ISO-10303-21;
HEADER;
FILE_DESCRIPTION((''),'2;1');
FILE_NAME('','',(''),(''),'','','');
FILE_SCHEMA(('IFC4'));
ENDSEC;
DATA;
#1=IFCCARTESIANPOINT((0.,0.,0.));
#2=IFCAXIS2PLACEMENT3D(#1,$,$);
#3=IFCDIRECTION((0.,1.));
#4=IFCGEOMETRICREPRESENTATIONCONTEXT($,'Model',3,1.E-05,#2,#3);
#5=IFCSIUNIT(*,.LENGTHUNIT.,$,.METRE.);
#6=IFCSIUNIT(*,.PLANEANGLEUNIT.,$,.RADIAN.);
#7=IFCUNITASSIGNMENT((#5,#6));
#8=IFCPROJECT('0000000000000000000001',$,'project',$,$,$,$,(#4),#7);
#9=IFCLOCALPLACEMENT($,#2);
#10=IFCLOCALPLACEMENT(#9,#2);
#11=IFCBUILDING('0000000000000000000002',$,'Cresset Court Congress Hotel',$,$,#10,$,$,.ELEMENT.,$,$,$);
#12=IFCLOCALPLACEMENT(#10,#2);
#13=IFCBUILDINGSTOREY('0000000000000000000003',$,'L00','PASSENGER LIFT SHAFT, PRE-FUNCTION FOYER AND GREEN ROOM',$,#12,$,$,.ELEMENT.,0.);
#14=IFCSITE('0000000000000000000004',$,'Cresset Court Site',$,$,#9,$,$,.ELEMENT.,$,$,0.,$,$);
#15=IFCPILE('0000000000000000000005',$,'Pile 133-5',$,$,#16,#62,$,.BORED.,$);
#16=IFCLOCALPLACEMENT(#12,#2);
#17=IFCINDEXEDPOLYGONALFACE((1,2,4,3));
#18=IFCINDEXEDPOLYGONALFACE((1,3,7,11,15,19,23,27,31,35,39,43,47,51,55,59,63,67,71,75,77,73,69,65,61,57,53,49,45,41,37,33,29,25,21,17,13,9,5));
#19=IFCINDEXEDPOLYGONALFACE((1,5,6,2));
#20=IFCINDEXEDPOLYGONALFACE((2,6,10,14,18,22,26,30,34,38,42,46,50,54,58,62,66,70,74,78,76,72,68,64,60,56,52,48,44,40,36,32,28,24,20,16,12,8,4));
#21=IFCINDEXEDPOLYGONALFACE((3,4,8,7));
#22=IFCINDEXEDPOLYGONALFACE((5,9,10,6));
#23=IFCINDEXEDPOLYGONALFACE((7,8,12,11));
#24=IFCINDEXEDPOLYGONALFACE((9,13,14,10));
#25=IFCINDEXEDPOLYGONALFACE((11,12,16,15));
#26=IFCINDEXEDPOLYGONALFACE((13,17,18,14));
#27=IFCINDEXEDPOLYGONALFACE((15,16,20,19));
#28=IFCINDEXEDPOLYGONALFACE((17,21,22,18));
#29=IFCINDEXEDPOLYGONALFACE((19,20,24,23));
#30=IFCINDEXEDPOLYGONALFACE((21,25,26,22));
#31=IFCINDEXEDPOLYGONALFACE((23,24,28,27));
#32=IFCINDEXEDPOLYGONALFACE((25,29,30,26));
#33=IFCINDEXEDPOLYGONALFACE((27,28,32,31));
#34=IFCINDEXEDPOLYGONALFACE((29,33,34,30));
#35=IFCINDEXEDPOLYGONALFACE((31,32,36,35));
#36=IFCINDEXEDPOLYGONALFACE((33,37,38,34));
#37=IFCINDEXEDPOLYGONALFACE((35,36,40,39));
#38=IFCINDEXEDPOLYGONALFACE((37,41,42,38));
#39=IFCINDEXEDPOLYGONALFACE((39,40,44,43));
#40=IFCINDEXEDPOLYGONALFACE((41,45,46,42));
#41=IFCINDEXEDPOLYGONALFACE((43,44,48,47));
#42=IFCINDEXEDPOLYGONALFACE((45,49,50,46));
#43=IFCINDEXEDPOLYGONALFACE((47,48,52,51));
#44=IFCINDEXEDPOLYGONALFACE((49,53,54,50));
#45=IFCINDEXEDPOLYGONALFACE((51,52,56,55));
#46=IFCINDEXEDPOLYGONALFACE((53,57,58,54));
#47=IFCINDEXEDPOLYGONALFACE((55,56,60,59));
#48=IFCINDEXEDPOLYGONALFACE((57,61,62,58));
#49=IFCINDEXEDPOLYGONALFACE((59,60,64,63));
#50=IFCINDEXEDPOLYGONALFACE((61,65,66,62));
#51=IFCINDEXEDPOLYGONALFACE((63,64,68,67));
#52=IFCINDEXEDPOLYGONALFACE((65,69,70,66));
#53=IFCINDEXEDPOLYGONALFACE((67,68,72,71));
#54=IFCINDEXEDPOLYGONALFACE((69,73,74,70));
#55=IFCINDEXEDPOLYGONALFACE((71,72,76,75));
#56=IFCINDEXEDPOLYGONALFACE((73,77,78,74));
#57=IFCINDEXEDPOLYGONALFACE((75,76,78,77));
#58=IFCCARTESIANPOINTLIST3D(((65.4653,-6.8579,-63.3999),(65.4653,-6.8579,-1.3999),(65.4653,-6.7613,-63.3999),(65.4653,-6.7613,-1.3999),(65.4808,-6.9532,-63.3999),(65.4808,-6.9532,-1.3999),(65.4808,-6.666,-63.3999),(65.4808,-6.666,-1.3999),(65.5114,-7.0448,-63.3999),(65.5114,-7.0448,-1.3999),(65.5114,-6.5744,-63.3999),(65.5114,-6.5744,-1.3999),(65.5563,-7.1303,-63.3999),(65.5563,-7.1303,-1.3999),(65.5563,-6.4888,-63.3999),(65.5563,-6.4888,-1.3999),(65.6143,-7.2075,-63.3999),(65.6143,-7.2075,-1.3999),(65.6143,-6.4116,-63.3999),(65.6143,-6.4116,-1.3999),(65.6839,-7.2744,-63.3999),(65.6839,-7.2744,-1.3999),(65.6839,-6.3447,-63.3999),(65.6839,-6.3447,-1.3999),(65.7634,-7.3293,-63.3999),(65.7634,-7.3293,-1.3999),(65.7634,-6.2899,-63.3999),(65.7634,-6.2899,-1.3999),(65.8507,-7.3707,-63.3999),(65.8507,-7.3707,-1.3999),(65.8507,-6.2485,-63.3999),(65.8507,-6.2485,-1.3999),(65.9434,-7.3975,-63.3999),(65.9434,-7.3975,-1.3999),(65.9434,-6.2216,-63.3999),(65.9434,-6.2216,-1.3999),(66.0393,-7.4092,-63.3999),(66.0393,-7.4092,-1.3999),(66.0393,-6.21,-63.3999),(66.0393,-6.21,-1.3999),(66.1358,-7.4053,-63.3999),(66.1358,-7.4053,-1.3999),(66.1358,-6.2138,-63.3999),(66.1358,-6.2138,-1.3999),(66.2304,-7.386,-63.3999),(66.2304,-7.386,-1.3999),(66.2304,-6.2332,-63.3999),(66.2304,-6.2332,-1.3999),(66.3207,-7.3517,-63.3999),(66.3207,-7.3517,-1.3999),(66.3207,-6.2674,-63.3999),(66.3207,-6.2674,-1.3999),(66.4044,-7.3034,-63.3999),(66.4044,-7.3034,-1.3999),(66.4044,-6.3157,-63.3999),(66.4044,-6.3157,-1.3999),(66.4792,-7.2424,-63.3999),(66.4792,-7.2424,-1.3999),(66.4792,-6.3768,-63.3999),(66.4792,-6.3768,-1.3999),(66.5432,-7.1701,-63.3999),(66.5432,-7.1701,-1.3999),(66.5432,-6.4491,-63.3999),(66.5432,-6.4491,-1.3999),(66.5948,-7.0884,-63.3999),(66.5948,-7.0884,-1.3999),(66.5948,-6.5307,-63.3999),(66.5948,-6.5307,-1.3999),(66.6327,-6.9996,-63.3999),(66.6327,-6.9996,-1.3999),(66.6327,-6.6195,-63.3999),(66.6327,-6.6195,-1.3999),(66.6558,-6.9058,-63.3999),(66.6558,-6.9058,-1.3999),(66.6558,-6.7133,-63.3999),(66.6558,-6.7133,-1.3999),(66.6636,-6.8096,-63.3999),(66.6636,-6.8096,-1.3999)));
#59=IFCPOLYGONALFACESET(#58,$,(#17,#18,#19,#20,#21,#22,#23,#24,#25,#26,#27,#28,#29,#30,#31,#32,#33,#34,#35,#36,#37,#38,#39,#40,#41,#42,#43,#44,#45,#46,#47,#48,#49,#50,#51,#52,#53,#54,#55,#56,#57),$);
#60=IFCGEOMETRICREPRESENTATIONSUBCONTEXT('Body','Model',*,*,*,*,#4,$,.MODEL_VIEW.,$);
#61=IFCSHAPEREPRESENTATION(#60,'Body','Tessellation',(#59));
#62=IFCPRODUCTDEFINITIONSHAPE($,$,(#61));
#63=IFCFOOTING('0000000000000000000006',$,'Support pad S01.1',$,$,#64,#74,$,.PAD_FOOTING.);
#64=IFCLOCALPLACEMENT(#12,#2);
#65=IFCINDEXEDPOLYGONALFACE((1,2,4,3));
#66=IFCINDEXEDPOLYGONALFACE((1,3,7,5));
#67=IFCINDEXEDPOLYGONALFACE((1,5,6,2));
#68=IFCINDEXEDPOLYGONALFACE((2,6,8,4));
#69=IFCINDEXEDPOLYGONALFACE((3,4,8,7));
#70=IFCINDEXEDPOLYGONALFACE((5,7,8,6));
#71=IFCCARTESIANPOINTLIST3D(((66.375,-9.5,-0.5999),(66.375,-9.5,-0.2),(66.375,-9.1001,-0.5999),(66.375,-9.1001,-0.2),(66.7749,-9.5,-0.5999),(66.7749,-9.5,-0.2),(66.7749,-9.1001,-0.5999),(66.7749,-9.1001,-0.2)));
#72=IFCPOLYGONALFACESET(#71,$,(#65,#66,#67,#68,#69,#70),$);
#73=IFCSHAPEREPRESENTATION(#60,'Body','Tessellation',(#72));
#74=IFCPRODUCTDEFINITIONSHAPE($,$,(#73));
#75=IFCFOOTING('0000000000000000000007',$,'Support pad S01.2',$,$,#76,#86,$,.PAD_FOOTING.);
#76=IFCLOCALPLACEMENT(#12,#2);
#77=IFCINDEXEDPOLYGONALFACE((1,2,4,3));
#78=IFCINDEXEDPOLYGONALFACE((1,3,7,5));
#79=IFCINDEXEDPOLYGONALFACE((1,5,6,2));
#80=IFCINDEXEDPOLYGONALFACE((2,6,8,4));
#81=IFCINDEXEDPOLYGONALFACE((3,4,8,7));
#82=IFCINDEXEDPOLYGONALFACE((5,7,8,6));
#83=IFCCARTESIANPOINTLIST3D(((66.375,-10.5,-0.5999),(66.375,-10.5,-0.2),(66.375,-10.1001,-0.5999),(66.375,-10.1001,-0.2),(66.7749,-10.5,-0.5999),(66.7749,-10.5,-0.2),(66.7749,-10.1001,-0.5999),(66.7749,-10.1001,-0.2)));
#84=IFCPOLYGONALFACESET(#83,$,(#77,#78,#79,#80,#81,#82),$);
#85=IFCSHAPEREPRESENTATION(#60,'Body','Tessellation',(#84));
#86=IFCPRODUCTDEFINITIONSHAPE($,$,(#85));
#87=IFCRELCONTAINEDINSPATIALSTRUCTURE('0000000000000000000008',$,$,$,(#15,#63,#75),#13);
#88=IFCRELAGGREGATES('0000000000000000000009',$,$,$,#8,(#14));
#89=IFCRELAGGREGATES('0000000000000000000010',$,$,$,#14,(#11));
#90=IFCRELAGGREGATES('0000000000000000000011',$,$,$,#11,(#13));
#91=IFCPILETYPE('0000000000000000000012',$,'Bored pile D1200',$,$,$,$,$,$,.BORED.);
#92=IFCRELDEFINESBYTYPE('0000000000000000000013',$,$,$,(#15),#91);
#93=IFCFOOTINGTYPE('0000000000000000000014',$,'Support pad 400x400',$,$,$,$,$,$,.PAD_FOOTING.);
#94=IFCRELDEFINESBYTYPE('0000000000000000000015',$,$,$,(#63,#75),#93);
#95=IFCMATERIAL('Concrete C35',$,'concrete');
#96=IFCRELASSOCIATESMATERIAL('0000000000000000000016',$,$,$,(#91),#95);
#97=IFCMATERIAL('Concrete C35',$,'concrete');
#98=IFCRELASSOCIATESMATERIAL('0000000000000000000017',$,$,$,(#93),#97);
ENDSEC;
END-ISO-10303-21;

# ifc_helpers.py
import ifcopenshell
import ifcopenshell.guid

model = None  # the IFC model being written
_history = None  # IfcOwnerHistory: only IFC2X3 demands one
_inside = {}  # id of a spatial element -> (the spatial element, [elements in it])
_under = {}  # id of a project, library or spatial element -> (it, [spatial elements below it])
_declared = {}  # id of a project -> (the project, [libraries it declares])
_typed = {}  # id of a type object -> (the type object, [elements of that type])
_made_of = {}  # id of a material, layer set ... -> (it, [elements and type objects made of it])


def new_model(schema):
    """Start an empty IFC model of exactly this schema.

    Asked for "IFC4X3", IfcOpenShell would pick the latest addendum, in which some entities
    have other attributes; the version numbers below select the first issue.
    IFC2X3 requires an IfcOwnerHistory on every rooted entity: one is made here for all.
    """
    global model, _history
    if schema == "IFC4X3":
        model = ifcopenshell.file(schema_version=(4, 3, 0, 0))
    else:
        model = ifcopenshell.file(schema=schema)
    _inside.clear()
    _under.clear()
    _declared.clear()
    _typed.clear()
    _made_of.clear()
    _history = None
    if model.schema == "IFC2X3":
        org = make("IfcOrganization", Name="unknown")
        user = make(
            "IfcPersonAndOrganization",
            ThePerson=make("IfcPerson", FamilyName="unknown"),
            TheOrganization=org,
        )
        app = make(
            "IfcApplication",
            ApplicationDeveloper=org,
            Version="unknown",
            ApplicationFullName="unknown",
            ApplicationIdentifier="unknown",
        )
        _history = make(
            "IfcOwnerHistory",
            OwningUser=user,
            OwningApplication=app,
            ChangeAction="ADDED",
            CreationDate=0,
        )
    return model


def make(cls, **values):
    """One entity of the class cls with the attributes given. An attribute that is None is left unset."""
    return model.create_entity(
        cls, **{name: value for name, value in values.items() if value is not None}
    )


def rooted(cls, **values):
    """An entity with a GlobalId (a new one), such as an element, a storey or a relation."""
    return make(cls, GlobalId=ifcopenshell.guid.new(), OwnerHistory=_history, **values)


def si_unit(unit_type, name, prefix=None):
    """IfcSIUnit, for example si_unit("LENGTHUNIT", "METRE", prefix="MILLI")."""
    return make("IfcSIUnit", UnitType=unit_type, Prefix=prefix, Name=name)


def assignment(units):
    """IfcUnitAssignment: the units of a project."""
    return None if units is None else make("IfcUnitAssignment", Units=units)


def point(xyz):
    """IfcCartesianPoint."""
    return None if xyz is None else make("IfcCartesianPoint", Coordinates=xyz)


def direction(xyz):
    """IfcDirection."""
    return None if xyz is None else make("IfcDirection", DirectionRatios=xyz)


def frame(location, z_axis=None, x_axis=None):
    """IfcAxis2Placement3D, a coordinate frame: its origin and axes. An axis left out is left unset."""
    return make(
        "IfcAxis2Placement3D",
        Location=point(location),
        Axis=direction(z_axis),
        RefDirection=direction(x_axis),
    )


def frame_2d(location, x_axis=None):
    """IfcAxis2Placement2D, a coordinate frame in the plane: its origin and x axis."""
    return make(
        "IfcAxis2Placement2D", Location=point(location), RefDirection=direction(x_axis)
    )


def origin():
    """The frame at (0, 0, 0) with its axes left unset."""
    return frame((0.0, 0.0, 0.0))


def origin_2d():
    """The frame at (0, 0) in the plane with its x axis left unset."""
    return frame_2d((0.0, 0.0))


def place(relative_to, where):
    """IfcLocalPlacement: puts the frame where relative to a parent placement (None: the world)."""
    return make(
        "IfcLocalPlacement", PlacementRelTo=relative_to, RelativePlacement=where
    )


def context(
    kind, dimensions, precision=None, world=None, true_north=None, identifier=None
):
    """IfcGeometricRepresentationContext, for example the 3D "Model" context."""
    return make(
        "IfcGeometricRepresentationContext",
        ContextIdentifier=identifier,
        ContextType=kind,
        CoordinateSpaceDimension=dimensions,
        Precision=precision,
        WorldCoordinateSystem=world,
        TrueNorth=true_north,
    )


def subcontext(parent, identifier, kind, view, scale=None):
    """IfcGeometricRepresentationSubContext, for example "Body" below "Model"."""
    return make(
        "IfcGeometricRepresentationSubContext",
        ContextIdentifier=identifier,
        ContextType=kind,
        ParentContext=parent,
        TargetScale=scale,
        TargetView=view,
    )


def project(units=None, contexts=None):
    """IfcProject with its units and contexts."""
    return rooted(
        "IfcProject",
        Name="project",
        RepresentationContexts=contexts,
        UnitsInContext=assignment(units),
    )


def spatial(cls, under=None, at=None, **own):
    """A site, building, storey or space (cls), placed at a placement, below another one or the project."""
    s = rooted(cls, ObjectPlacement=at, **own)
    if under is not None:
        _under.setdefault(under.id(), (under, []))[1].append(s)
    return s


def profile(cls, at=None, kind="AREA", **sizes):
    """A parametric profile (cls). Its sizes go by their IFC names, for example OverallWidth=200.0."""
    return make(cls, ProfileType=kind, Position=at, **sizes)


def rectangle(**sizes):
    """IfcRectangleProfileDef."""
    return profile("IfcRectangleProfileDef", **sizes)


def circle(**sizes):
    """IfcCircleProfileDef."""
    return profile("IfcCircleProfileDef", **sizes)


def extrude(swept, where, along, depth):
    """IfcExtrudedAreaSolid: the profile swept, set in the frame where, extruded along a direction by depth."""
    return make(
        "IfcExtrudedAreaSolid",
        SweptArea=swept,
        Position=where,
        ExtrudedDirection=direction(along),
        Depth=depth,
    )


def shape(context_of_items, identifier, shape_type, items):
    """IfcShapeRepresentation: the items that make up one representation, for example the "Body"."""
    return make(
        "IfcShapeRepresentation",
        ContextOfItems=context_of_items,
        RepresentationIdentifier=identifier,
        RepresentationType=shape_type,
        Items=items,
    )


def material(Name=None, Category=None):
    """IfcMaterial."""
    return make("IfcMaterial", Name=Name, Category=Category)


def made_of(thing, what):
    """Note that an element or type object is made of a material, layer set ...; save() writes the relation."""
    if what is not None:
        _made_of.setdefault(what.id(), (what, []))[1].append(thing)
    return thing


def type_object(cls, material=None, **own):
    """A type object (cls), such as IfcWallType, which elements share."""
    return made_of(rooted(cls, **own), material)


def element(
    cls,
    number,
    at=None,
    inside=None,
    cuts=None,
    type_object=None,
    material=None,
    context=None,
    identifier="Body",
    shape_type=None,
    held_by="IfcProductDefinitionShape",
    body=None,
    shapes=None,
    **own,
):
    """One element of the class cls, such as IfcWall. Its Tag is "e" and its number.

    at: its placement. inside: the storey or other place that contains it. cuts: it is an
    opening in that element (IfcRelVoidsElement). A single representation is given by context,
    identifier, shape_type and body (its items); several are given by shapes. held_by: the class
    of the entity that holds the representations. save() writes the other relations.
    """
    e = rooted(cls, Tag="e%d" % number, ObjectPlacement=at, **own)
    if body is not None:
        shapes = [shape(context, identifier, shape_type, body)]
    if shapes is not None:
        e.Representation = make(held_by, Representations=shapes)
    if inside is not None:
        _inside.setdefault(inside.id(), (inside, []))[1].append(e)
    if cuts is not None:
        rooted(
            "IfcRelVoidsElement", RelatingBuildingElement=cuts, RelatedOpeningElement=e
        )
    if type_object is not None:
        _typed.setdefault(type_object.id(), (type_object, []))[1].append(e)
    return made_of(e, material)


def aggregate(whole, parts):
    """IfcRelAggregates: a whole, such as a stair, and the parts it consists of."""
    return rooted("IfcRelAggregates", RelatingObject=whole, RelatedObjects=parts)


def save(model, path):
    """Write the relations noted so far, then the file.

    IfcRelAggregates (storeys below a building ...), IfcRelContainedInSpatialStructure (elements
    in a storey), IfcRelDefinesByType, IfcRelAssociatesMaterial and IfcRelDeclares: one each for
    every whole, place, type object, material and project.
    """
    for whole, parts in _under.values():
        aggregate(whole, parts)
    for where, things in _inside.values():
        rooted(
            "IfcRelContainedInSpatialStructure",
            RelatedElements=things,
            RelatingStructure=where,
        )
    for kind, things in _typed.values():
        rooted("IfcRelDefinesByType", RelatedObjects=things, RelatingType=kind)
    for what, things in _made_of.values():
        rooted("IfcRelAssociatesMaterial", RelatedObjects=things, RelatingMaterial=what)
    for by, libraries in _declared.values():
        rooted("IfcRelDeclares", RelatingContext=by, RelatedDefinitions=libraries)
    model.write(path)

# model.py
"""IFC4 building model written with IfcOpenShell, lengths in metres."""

from ifc_helpers import new_model, si_unit, direction, frame, origin, origin_2d, place, context, subcontext, project, spatial, rectangle, circle, extrude, material, type_object, element, save


model = new_model("IFC4")

# Units and contexts
model_context = context("Model", 3, precision=1e-05, world=origin(), true_north=direction((0.0, 1.0)))
body_context = subcontext(model_context, "Body", "Model", "MODEL_VIEW")
ifc_project = project(units=[si_unit("LENGTHUNIT", "METRE"), si_unit("PLANEANGLEUNIT", "RADIAN")], contexts=[model_context])

# Site, building, storey
site_placement = place(None, origin())
site = spatial("IfcSite", under=ifc_project, at=site_placement, Name="Cresset Court Site", CompositionType="ELEMENT", RefElevation=0.0)
building_placement = place(site_placement, origin())
building = spatial("IfcBuilding", under=site, at=building_placement, Name="Cresset Court Congress Hotel", CompositionType="ELEMENT")
storey_placement = place(building_placement, origin())
storey = spatial("IfcBuildingStorey", under=building, at=storey_placement, Name="L00", Description="PASSENGER LIFT SHAFT, PRE-FUNCTION FOYER AND GREEN ROOM", CompositionType="ELEMENT", Elevation=0.0)

# Pile
ifc_material_1 = material(Name="Concrete C35", Category="concrete")
pile_type = type_object("IfcPileType", Name="Bored pile D1200", PredefinedType="BORED", material=ifc_material_1)
pile_placement = place(storey_placement, frame((66.0635, -6.8096, -1.3999), z_axis=(0.0, 0.0, -1.0), x_axis=(1.0, 0.0, 0.0)))
element("IfcPile", 1, at=pile_placement, inside=storey, type_object=pile_type, Name="Pile 133-5", PredefinedType="BORED", context=body_context, shape_type="SweptSolid", body=[
    extrude(circle(Radius=0.6001, at=origin_2d()), origin(), (0.0, 0.0, 1.0), 62.0),
])

# Footings
ifc_material_2 = material(Name="Concrete C35", Category="concrete")
footing_type = type_object("IfcFootingType", Name="Support pad 400x400", PredefinedType="PAD_FOOTING", material=ifc_material_2)
for number, where, z_axis, x_axis, name in (
    (2, (66.575, -9.3, -0.5999), (0.0, 0.0, 1.0), (1.0, 0.0, 0.0), "Support pad S01.1"),
    (3, (66.575, -10.3, -0.5999), (0.0, 0.0, 1.0), (1.0, 0.0, 0.0), "Support pad S01.2"),
):
    element("IfcFooting", number, at=place(storey_placement, frame(where, z_axis=z_axis, x_axis=x_axis)), inside=storey, type_object=footing_type, Name=name, PredefinedType="PAD_FOOTING", context=body_context, shape_type="SweptSolid", body=[
        extrude(rectangle(XDim=0.3999, YDim=0.3999, at=origin_2d()), origin(), (0.0, 0.0, 1.0), 0.3999),
    ])

save(model, "model.ifc")
